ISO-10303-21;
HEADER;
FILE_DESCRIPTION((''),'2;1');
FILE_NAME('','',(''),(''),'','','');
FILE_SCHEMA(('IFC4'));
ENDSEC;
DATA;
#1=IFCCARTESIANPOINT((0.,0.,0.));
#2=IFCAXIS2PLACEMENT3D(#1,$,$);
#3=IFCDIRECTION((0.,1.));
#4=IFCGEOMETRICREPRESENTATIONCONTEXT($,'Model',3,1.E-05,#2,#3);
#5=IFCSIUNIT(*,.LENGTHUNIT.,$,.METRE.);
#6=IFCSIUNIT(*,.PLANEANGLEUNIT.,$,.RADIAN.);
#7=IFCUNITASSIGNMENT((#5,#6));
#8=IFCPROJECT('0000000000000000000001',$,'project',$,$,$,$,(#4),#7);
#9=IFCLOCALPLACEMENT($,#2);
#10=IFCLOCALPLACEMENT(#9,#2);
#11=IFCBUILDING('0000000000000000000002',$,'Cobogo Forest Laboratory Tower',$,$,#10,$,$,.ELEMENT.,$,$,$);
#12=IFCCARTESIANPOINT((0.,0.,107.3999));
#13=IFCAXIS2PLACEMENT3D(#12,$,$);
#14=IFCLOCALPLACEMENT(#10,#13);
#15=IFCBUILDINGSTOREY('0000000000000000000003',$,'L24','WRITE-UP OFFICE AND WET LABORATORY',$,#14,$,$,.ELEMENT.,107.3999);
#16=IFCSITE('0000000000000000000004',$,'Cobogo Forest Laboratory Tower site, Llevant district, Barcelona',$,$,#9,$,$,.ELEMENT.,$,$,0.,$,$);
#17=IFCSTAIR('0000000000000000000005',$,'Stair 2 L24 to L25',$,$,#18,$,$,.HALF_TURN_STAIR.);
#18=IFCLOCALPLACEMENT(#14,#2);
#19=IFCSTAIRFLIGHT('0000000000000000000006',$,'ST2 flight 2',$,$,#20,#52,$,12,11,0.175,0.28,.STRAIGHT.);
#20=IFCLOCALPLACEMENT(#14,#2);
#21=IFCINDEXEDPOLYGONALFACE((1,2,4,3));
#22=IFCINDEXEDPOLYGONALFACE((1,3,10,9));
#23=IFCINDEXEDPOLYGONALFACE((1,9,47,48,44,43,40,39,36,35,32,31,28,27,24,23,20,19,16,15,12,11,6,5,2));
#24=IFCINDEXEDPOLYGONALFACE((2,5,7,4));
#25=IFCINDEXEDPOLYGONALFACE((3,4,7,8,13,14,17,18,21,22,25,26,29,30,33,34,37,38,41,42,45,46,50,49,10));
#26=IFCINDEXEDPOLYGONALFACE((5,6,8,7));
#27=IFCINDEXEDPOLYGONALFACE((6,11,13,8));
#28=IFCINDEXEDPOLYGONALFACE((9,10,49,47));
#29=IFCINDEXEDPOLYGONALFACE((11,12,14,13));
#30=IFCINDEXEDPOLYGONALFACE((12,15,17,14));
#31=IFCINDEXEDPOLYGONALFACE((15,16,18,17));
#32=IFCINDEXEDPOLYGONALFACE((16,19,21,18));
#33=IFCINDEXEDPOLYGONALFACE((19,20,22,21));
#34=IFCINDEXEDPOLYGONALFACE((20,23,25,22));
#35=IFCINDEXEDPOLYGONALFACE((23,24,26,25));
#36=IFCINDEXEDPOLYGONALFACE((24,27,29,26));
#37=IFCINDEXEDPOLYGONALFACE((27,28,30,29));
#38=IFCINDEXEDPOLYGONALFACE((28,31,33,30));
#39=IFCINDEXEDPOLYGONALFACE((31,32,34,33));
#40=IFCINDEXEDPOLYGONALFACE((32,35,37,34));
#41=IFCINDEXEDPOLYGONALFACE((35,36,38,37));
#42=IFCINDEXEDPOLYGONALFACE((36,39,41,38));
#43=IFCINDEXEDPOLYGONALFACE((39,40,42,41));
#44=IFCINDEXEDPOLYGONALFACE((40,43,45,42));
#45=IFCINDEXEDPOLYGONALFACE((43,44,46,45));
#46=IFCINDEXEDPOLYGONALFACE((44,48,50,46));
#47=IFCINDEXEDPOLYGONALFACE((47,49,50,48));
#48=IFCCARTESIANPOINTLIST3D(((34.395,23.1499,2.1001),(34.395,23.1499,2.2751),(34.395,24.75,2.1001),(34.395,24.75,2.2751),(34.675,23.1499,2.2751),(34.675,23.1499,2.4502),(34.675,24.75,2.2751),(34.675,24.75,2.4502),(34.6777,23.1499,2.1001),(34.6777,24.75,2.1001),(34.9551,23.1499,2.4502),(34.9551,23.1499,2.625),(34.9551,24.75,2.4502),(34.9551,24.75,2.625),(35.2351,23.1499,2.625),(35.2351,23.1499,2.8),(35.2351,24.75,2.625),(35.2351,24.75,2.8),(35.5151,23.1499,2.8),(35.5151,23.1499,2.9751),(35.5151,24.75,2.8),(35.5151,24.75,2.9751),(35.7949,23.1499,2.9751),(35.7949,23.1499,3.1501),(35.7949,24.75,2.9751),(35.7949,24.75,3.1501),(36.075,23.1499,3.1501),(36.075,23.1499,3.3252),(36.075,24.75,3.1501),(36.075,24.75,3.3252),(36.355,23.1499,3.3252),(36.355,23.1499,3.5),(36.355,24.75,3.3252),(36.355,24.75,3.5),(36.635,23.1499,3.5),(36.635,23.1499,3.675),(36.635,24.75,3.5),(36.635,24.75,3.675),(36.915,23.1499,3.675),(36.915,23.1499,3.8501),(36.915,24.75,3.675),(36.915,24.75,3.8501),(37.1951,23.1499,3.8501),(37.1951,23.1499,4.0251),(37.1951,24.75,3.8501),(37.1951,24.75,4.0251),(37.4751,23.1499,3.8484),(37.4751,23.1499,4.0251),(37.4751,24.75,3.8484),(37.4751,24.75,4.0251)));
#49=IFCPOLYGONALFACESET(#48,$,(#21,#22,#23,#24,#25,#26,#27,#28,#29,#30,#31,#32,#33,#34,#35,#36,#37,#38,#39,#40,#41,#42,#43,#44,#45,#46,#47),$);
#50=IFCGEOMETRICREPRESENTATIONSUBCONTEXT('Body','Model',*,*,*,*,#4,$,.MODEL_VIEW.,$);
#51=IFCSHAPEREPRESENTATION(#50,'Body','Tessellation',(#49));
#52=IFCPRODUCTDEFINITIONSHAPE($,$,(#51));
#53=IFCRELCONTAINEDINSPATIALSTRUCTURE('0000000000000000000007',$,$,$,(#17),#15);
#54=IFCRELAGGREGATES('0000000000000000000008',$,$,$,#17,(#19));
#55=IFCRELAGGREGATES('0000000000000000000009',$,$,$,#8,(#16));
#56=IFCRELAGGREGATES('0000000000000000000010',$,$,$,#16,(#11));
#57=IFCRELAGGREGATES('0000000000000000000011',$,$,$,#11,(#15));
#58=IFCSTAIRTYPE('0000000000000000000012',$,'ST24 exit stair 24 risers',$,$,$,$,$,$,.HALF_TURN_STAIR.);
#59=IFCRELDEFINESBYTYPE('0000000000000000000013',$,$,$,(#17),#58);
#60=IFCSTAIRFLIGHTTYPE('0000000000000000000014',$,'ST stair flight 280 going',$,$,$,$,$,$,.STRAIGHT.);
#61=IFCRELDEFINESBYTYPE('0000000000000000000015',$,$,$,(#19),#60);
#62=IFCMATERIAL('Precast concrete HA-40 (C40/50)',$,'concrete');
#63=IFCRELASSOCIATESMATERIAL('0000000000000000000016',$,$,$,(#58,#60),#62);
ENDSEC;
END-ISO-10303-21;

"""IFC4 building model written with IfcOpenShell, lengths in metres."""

from ifc_helpers import new_model, si_unit, direction, frame, origin, place, context, subcontext, project, spatial, polyline, outline, extrude, material, type_object, element, aggregate, save


model = new_model("IFC4")

# Units and contexts
model_context = context("Model", 3, precision=1e-05, world=origin(), true_north=direction((0.0, 1.0)))
body_context = subcontext(model_context, "Body", "Model", "MODEL_VIEW")
ifc_project = project(units=[si_unit("LENGTHUNIT", "METRE"), si_unit("PLANEANGLEUNIT", "RADIAN")], contexts=[model_context])

# Site, building, storey
site_placement = place(None, origin())
site = spatial("IfcSite", under=ifc_project, at=site_placement, Name="Cobogo Forest Laboratory Tower site, Llevant district, Barcelona", CompositionType="ELEMENT", RefElevation=0.0)
building_placement = place(site_placement, origin())
building = spatial("IfcBuilding", under=site, at=building_placement, Name="Cobogo Forest Laboratory Tower", CompositionType="ELEMENT")
storey_placement = place(building_placement, frame((0.0, 0.0, 107.3999)))
storey = spatial("IfcBuildingStorey", under=building, at=storey_placement, Name="L24", Description="WRITE-UP OFFICE AND WET LABORATORY", CompositionType="ELEMENT", Elevation=107.3999)

# Stair, stair flight
ifc_material_1 = material(Name="Precast concrete HA-40 (C40/50)", Category="concrete")
stair_type = type_object("IfcStairType", Name="ST24 exit stair 24 risers", PredefinedType="HALF_TURN_STAIR", material=ifc_material_1)
stair_placement = place(storey_placement, origin())
stair = element("IfcStair", 1, at=stair_placement, inside=storey, type_object=stair_type, Name="Stair 2 L24 to L25", PredefinedType="HALF_TURN_STAIR")
stair_flight_type = type_object("IfcStairFlightType", Name="ST stair flight 280 going", PredefinedType="STRAIGHT", material=ifc_material_1)
stair_flight_1_placement = place(storey_placement, frame((34.395, 23.95, 2.1001), z_axis=(0.0, 0.0, 1.0), x_axis=(1.0, 0.0, 0.0)))
stair_flight_1 = element("IfcStairFlight", 2, at=stair_flight_1_placement, type_object=stair_flight_type, Name="ST2 flight 2", NumberOfRisers=12, NumberOfTreads=11, PredefinedType="STRAIGHT", RiserHeight=0.175, TreadLength=0.28, context=body_context, shape_type="SweptSolid", body=[
    extrude(outline(polyline([(0.0, 0.0), (0.0, 0.175), (0.28, 0.175), (0.28, 0.3501), (0.5601, 0.3501), (0.5601, 0.5249), (0.8401, 0.5249), (0.8401, 0.7), (1.1201, 0.7), (1.1201, 0.875), (1.3999, 0.875), (1.3999, 1.05), (1.6799, 1.05), (1.6799, 1.2251), (1.96, 1.2251), (1.96, 1.3999), (2.24, 1.3999), (2.24, 1.575), (2.52, 1.575), (2.52, 1.75), (2.8, 1.75), (2.8, 1.925), (3.0801, 1.925), (3.0801, 2.1001), (3.0801, 1.7483), (0.2827, 0.0), (0.0, 0.0)])), frame((0.0, 0.8, 0.0), z_axis=(0.0, -1.0, 0.0), x_axis=(1.0, 0.0, 0.0)), (0.0, 0.0, 1.0), 1.6001),
])
aggregate(stair, [stair_flight_1])

save(model, "model.ifc")
